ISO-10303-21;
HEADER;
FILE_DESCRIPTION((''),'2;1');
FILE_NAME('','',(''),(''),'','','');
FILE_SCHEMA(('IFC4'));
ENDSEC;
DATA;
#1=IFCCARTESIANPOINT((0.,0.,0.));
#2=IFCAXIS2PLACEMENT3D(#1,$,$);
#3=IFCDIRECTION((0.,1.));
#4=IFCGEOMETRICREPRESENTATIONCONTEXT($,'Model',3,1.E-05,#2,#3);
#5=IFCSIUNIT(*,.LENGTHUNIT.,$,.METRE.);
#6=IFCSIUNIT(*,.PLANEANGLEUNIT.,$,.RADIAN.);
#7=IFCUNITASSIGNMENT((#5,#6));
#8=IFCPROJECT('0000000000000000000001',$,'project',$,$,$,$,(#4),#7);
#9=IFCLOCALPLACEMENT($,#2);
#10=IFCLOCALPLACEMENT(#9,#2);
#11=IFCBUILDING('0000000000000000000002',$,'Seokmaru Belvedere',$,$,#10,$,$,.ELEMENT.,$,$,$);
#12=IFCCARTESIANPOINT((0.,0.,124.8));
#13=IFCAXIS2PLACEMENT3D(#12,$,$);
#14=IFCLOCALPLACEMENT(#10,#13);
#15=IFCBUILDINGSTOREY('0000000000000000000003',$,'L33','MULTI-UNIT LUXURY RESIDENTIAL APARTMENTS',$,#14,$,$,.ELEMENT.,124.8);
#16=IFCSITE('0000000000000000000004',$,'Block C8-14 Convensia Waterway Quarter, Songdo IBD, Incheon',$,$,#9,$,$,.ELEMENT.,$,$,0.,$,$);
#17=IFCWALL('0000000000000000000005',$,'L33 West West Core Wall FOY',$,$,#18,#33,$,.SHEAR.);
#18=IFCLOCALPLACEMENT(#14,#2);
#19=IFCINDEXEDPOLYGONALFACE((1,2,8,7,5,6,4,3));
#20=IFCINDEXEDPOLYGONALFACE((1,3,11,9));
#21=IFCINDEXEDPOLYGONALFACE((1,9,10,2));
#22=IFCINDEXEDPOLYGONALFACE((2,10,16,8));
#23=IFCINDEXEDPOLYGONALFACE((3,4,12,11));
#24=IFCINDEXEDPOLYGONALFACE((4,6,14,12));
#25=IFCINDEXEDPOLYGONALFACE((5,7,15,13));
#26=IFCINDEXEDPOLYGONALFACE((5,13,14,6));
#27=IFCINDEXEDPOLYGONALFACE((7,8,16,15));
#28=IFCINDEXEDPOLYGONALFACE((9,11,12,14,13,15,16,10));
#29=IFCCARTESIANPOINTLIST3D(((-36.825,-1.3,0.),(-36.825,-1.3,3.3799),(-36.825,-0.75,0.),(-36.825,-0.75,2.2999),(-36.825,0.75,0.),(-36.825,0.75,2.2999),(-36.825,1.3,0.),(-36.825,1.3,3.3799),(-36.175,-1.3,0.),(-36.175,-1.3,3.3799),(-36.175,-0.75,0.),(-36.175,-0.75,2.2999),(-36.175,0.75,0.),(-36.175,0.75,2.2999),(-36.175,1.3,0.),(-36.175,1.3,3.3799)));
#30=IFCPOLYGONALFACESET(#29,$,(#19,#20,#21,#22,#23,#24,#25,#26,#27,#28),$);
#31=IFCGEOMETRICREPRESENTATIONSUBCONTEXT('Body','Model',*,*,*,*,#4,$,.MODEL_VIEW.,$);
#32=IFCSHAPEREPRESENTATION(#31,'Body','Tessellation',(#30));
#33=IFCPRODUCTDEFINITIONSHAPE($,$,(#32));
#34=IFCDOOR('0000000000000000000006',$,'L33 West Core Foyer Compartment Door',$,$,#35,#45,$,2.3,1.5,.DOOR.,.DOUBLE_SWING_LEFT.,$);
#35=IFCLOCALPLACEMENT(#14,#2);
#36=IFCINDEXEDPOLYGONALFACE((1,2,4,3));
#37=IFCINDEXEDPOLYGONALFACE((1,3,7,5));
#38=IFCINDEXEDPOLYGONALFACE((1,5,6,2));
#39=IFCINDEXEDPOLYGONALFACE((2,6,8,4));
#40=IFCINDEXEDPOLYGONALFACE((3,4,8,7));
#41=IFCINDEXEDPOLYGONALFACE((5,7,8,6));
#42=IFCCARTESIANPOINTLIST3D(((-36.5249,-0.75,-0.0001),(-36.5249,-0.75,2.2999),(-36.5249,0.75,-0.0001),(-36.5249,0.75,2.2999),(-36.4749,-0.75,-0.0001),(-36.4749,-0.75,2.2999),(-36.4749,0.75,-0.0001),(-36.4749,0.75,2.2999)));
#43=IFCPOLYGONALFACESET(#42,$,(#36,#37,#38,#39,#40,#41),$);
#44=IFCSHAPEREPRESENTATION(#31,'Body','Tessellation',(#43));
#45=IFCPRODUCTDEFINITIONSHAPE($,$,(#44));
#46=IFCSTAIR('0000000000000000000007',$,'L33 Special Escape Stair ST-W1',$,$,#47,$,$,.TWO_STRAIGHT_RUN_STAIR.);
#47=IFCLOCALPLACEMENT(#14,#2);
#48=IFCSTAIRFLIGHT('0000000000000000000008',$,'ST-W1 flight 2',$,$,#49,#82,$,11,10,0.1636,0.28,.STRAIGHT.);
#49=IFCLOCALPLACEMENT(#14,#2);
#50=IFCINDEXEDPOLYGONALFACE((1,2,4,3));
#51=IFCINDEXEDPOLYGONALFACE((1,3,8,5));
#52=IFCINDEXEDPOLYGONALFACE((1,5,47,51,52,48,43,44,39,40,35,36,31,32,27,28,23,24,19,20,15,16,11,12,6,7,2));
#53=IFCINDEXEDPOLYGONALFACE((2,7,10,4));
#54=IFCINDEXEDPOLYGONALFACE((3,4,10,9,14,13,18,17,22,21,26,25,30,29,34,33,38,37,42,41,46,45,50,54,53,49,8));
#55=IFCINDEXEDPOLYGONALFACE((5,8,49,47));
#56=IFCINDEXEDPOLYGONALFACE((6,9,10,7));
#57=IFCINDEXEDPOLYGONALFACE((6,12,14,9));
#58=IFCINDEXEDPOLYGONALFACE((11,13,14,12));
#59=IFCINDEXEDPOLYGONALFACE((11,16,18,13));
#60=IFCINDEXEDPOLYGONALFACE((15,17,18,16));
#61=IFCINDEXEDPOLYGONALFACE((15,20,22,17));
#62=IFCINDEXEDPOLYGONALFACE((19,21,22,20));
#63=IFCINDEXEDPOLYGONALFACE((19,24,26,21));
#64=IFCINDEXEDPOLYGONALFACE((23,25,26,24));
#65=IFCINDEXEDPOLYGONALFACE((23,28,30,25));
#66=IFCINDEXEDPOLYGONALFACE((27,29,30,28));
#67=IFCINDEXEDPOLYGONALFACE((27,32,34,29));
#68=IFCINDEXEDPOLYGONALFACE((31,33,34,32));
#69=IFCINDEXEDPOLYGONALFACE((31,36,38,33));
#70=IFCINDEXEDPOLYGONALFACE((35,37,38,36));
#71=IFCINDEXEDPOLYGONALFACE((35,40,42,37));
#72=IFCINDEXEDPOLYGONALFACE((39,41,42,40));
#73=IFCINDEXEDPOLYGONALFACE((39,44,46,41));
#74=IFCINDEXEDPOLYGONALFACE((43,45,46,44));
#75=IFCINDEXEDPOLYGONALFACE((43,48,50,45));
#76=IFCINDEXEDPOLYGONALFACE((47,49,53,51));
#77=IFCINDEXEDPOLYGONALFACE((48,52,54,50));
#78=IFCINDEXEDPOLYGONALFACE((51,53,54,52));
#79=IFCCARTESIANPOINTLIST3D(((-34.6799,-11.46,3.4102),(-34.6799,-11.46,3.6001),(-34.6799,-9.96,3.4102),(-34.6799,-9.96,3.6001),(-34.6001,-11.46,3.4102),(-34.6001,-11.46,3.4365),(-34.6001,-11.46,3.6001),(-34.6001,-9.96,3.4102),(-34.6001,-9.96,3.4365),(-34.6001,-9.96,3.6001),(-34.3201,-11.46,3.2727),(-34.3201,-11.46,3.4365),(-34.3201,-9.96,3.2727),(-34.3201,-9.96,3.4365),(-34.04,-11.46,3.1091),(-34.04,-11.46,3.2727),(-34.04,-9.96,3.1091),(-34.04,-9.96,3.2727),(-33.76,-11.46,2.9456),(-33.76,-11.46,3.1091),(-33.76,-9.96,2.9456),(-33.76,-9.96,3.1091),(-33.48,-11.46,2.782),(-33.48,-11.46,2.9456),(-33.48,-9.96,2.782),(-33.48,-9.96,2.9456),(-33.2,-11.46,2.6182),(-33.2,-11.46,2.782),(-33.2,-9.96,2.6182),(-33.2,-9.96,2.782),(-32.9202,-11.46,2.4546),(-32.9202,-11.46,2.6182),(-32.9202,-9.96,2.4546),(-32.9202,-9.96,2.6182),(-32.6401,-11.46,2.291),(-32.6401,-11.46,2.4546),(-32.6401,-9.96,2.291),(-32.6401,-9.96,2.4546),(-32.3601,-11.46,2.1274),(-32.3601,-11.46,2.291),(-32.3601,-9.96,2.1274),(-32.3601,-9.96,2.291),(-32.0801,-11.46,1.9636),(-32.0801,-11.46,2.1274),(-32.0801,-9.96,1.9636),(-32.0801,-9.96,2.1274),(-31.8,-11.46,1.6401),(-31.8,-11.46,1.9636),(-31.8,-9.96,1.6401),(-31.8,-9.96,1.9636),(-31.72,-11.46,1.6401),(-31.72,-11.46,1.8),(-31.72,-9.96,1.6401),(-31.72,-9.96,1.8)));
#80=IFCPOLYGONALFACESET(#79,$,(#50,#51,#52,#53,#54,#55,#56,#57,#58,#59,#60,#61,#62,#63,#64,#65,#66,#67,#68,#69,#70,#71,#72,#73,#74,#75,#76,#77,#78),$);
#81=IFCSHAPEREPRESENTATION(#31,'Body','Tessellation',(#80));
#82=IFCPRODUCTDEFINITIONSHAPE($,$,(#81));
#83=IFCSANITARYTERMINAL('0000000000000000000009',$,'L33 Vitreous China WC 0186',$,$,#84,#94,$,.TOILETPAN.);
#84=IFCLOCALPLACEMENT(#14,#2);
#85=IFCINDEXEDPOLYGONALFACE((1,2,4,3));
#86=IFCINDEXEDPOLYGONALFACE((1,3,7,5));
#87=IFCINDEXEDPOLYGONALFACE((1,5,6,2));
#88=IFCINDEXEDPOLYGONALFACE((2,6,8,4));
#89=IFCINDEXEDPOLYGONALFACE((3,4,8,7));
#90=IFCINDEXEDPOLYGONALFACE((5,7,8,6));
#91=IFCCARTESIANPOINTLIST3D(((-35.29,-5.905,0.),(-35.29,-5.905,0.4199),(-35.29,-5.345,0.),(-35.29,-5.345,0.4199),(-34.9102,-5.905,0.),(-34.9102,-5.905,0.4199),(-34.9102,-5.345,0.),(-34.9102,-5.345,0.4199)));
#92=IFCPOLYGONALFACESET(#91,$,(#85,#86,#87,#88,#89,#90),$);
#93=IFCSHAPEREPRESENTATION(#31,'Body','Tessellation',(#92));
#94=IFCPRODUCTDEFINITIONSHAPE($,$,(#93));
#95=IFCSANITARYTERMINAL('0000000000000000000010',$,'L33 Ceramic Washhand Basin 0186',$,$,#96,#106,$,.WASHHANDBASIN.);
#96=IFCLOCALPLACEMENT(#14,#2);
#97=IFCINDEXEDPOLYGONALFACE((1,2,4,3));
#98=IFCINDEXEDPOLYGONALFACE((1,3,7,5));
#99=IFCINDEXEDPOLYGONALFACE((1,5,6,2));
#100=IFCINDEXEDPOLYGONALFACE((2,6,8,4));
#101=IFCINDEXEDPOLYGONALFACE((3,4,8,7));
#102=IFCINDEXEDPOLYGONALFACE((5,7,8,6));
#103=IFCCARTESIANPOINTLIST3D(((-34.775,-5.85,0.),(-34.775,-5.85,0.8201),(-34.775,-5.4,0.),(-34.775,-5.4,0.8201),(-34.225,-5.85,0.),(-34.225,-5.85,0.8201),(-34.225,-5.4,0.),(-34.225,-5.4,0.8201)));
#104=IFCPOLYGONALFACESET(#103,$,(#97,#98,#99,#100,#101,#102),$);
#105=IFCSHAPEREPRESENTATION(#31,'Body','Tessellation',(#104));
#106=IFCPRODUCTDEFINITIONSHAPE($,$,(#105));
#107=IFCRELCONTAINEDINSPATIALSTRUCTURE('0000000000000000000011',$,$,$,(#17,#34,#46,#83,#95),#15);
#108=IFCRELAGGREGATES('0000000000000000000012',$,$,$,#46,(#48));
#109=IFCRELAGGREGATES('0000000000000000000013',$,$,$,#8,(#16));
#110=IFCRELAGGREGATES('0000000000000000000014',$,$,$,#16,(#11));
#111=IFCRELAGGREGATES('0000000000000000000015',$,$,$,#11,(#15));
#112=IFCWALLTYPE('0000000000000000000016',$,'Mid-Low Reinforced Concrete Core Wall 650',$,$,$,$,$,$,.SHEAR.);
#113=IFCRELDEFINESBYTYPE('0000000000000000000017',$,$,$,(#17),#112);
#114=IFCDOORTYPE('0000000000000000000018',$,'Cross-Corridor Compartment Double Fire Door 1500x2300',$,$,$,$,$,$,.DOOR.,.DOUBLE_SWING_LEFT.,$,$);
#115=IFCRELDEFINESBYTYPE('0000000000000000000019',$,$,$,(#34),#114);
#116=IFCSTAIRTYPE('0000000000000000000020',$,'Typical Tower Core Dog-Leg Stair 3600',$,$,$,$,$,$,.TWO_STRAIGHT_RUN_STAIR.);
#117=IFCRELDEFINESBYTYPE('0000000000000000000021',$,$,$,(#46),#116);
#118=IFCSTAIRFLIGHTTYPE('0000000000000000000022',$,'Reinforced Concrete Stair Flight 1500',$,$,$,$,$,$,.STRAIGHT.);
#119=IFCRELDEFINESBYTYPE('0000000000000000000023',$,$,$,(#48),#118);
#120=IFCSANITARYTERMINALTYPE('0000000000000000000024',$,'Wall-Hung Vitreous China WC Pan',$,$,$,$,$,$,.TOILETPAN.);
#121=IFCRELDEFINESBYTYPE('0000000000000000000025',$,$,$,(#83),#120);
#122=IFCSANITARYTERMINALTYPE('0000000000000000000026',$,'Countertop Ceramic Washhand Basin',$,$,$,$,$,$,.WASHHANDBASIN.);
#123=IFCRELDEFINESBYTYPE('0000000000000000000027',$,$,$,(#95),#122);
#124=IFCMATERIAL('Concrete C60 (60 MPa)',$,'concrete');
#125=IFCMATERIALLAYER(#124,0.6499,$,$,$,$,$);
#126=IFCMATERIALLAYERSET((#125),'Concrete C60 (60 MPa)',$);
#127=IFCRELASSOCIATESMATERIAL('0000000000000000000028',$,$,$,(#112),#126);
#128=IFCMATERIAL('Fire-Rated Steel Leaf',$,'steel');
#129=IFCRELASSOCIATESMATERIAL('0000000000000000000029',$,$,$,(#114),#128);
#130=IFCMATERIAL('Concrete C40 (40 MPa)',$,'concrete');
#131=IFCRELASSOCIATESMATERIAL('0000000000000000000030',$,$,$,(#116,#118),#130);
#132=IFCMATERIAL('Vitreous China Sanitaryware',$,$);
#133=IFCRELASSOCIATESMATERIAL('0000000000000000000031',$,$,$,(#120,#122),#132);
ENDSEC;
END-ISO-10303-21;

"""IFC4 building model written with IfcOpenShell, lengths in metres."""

from ifc_helpers import new_model, si_unit, direction, frame, frame_2d, origin, origin_2d, place, context, subcontext, project, spatial, polyline, rectangle, outline, extrude, source, transform, mapped, material, layer, layer_set, type_object, type_shapes, element, fill, aggregate, save


model = new_model("IFC4")

# Units and contexts
model_context = context("Model", 3, precision=1e-05, world=origin(), true_north=direction((0.0, 1.0)))
body_context = subcontext(model_context, "Body", "Model", "MODEL_VIEW")
ifc_project = project(units=[si_unit("LENGTHUNIT", "METRE"), si_unit("PLANEANGLEUNIT", "RADIAN")], contexts=[model_context])

# Site, building, storey
site_placement = place(None, origin())
site = spatial("IfcSite", under=ifc_project, at=site_placement, Name="Block C8-14 Convensia Waterway Quarter, Songdo IBD, Incheon", CompositionType="ELEMENT", RefElevation=0.0)
building_placement = place(site_placement, origin())
building = spatial("IfcBuilding", under=site, at=building_placement, Name="Seokmaru Belvedere", CompositionType="ELEMENT")
storey_placement = place(building_placement, frame((0.0, 0.0, 124.8)))
storey = spatial("IfcBuildingStorey", under=building, at=storey_placement, Name="L33", Description="MULTI-UNIT LUXURY RESIDENTIAL APARTMENTS", CompositionType="ELEMENT", Elevation=124.8)

# Shared definitions
ifc_material_1 = material(Name="Fire-Rated Steel Leaf", Category="steel")

# Wall, opening, door
ifc_material_2 = material(Name="Concrete C60 (60 MPa)", Category="concrete")
ifc_layer_1 = layer(ifc_material_2, 0.6499)
ifc_layer_set_1 = layer_set([ifc_layer_1], Name="Concrete C60 (60 MPa)")
wall_type_1 = type_object("IfcWallType", Name="Mid-Low Reinforced Concrete Core Wall 650", PredefinedType="SHEAR", material=ifc_layer_set_1)
wall_1_placement = place(storey_placement, frame((-36.5, -1.3, 0.0), z_axis=(0.0, 0.0, 1.0), x_axis=(0.0, 1.0, 0.0)))
wall_1 = element("IfcWall", 1, at=wall_1_placement, inside=storey, type_object=wall_type_1, Name="L33 West West Core Wall FOY", PredefinedType="SHEAR", context=body_context, shape_type="SweptSolid", body=[
    extrude(rectangle(XDim=2.6001, YDim=0.6499, at=frame_2d((1.3, 0.0))), origin(), (0.0, 0.0, 1.0), 3.3799),
])
opening_1_placement = place(wall_1_placement, frame((0.55, 0.0, 0.0)))
opening_1 = element("IfcOpeningElement", 2, at=opening_1_placement, cuts=wall_1, PredefinedType="OPENING", context=body_context, shape_type="SweptSolid", body=[
    extrude(rectangle(XDim=1.5, YDim=2.3, at=frame_2d((0.75, 1.1499))), frame((0.0, 0.335, 0.0), z_axis=(0.0, -1.0, 0.0), x_axis=(1.0, 0.0, 0.0)), (0.0, 0.0, 1.0), 0.6699),
])
door_type_1 = type_object("IfcDoorType", Name="Cross-Corridor Compartment Double Fire Door 1500x2300", OperationType="DOUBLE_SWING_LEFT", PredefinedType="DOOR", material=ifc_material_1)
shared_shape_1 = source(origin(), body_context, "Body", "SweptSolid", [
    extrude(rectangle(XDim=1.5, YDim=2.3, at=frame_2d((0.75, 1.1499))), frame((0.0, 0.0249, 0.0), z_axis=(0.0, -1.0, 0.0), x_axis=(1.0, 0.0, 0.0)), (0.0, 0.0, 1.0), 0.05),
])
type_shapes(door_type_1, [shared_shape_1])
door_1_placement = place(opening_1_placement, origin())
door_1 = element("IfcDoor", 3, at=door_1_placement, inside=storey, type_object=door_type_1, Name="L33 West Core Foyer Compartment Door", OperationType="DOUBLE_SWING_LEFT", OverallHeight=2.3, OverallWidth=1.5, PredefinedType="DOOR", context=body_context, shape_type="MappedRepresentation", body=[
    mapped(shared_shape_1, transform((0.0, 0.0, 0.0), scale=1.0)),
])
fill(opening_1, door_1)

# Stair, stair flight
ifc_material_3 = material(Name="Concrete C40 (40 MPa)", Category="concrete")
stair_type = type_object("IfcStairType", Name="Typical Tower Core Dog-Leg Stair 3600", PredefinedType="TWO_STRAIGHT_RUN_STAIR", material=ifc_material_3)
stair_placement = place(storey_placement, origin())
stair = element("IfcStair", 4, at=stair_placement, inside=storey, type_object=stair_type, Name="L33 Special Escape Stair ST-W1", PredefinedType="TWO_STRAIGHT_RUN_STAIR")
stair_flight_type = type_object("IfcStairFlightType", Name="Reinforced Concrete Stair Flight 1500", PredefinedType="STRAIGHT", material=ifc_material_3)
stair_flight_placement = place(storey_placement, frame((-31.8, -10.71, 1.8), z_axis=(0.0, 0.0, 1.0), x_axis=(-1.0, 0.0, 0.0)))
stair_flight = element("IfcStairFlight", 5, at=stair_flight_placement, type_object=stair_flight_type, Name="ST-W1 flight 2", NumberOfRisers=11, NumberOfTreads=10, PredefinedType="STRAIGHT", RiserHeight=0.1636, TreadLength=0.28, context=body_context, shape_type="SweptSolid", body=[
    extrude(outline(polyline([(-0.0801, 0.0), (0.0, 0.1636), (0.28, 0.1636), (0.28, 0.3274), (0.5601, 0.3274), (0.5601, 0.491), (0.8401, 0.491), (0.8401, 0.6545), (1.1201, 0.6545), (1.1201, 0.8181), (1.3999, 0.8181), (1.3999, 0.9819), (1.6799, 0.9819), (1.6799, 1.1455), (1.96, 1.1455), (1.96, 1.3091), (2.24, 1.3091), (2.24, 1.4727), (2.52, 1.4727), (2.52, 1.6365), (2.8, 1.6365), (2.8, 1.8), (2.8799, 1.8), (2.8799, 1.6101), (2.8, 1.6101), (0.0, -0.1599), (-0.0801, -0.1599), (-0.0801, 0.0)])), frame((0.0, 0.75, 0.0), z_axis=(0.0, -1.0, 0.0), x_axis=(1.0, 0.0, 0.0)), (0.0, 0.0, 1.0), 1.5),
])
aggregate(stair, [stair_flight])

# Sanitary terminals
ifc_material_4 = material(Name="Vitreous China Sanitaryware")
sanitary_terminal_type_1 = type_object("IfcSanitaryTerminalType", Name="Wall-Hung Vitreous China WC Pan", PredefinedType="TOILETPAN", material=ifc_material_4)
shared_shape_2 = source(origin(), body_context, "Body", "SweptSolid", [
    extrude(rectangle(XDim=0.3799, YDim=0.5601, at=origin_2d()), origin(), (0.0, 0.0, 1.0), 0.4199),
])
type_shapes(sanitary_terminal_type_1, [shared_shape_2])
sanitary_terminal_1_placement = place(storey_placement, frame((-35.1001, -5.625, 0.0), z_axis=(0.0, 0.0, 1.0), x_axis=(1.0, 0.0, 0.0)))
element("IfcSanitaryTerminal", 6, at=sanitary_terminal_1_placement, inside=storey, type_object=sanitary_terminal_type_1, Name="L33 Vitreous China WC 0186", PredefinedType="TOILETPAN", context=body_context, shape_type="MappedRepresentation", body=[
    mapped(shared_shape_2, transform((0.0, 0.0, 0.0), scale=1.0)),
])
sanitary_terminal_type_2 = type_object("IfcSanitaryTerminalType", Name="Countertop Ceramic Washhand Basin", PredefinedType="WASHHANDBASIN", material=ifc_material_4)
shared_shape_3 = source(origin(), body_context, "Body", "SweptSolid", [
    extrude(rectangle(XDim=0.55, YDim=0.45, at=origin_2d()), origin(), (0.0, 0.0, 1.0), 0.8201),
])
type_shapes(sanitary_terminal_type_2, [shared_shape_3])
sanitary_terminal_2_placement = place(storey_placement, frame((-34.5, -5.625, 0.0), z_axis=(0.0, 0.0, 1.0), x_axis=(1.0, 0.0, 0.0)))
element("IfcSanitaryTerminal", 7, at=sanitary_terminal_2_placement, inside=storey, type_object=sanitary_terminal_type_2, Name="L33 Ceramic Washhand Basin 0186", PredefinedType="WASHHANDBASIN", context=body_context, shape_type="MappedRepresentation", body=[
    mapped(shared_shape_3, transform((0.0, 0.0, 0.0), scale=1.0)),
])

save(model, "model.ifc")
